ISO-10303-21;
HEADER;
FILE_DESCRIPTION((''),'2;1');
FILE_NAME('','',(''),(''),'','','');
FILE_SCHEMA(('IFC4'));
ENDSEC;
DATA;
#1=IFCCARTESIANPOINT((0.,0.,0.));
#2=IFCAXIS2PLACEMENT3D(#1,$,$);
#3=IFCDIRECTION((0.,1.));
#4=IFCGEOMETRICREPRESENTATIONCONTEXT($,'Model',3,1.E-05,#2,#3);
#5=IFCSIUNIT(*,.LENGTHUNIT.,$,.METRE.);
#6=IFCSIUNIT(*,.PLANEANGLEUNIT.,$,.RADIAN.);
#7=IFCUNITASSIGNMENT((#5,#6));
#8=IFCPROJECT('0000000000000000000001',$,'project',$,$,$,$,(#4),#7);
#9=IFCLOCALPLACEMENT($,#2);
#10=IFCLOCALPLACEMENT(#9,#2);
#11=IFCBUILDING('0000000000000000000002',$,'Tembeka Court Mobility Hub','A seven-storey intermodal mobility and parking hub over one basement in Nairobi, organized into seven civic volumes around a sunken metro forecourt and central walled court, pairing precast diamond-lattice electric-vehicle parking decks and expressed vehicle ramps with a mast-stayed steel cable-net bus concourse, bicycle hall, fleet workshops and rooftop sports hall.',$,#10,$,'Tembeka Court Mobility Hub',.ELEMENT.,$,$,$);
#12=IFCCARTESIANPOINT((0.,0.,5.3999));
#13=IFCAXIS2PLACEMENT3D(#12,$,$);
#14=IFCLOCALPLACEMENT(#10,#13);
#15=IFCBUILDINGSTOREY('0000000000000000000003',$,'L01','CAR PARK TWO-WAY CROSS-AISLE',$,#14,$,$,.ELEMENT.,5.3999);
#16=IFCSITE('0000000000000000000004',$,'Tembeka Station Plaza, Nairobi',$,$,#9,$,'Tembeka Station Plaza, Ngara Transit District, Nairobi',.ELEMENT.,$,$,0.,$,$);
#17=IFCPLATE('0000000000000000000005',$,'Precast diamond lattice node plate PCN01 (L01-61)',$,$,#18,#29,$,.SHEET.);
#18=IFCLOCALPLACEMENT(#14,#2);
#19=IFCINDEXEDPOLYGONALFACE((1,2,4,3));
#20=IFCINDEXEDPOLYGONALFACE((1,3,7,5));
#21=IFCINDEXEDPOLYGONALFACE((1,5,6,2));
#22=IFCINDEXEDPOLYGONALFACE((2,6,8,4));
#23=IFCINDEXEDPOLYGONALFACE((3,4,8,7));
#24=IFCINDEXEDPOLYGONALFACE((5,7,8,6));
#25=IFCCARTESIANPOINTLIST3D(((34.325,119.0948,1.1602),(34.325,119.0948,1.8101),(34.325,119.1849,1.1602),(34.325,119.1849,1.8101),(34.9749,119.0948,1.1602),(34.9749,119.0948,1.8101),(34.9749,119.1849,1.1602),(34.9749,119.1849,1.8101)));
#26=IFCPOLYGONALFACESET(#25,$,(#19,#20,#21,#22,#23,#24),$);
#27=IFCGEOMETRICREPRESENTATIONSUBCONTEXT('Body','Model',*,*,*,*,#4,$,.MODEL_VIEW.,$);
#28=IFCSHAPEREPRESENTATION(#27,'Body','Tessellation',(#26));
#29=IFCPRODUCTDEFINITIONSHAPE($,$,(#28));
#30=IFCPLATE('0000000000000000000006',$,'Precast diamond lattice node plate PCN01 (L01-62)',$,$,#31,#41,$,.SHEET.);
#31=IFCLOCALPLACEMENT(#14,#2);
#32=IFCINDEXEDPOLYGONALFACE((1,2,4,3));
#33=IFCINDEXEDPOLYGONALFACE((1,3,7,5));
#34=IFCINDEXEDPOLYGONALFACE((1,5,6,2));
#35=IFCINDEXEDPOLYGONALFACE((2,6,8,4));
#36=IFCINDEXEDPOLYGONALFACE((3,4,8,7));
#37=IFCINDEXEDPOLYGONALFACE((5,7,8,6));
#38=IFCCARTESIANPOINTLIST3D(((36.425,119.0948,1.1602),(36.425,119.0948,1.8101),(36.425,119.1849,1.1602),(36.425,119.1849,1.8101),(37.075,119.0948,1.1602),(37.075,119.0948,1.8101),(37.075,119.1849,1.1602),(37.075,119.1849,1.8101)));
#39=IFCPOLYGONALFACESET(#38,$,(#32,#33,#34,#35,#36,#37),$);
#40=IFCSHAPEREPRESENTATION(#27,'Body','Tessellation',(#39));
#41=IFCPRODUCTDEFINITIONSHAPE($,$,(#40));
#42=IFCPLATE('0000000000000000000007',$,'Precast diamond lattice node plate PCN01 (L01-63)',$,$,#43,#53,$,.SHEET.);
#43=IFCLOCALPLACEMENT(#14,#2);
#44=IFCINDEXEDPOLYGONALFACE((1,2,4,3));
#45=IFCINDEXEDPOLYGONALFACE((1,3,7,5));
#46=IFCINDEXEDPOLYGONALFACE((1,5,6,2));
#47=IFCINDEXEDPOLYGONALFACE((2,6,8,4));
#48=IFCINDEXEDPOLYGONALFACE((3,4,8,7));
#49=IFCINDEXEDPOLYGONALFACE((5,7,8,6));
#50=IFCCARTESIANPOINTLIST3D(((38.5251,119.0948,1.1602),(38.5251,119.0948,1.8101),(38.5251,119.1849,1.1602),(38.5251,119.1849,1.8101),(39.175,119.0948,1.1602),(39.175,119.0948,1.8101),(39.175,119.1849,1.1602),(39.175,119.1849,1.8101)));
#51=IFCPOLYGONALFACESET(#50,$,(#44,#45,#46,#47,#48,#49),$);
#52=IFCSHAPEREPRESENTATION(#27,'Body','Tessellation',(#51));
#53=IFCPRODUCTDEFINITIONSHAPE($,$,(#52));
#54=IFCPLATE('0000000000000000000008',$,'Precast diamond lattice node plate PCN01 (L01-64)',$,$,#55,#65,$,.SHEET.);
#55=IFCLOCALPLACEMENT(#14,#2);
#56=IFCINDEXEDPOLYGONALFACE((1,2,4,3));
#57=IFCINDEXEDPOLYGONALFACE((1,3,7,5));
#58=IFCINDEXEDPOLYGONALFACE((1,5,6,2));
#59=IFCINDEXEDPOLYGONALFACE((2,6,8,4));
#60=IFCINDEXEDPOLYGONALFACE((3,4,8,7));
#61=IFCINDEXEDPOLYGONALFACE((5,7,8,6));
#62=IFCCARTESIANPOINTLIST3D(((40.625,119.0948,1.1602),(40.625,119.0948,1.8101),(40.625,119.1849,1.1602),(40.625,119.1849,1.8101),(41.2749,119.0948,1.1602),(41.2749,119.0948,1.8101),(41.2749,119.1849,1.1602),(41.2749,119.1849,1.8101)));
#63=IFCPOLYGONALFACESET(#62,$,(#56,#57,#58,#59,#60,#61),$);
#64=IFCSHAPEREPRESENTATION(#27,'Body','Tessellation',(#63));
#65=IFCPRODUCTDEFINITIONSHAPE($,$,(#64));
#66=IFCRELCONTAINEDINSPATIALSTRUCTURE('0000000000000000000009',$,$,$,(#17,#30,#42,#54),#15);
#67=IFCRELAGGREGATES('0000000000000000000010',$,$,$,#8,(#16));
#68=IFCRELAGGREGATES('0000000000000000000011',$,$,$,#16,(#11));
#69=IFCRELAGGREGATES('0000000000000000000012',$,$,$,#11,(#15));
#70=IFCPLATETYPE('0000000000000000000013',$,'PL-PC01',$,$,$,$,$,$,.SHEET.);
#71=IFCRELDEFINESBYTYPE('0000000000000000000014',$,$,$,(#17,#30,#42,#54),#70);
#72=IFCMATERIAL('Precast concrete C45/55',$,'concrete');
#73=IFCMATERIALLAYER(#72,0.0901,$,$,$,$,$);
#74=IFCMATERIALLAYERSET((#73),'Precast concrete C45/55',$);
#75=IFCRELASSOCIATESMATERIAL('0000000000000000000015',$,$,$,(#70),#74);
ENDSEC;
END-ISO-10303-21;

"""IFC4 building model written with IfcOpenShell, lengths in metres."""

from ifc_helpers import new_model, si_unit, direction, frame, origin, origin_2d, place, context, subcontext, project, spatial, rectangle, extrude, material, layer, layer_set, type_object, element, save


model = new_model("IFC4")

# Units and contexts
model_context = context("Model", 3, precision=1e-05, world=origin(), true_north=direction((0.0, 1.0)))
body_context = subcontext(model_context, "Body", "Model", "MODEL_VIEW")
ifc_project = project(units=[si_unit("LENGTHUNIT", "METRE"), si_unit("PLANEANGLEUNIT", "RADIAN")], contexts=[model_context])

# Site, building, storey
site_placement = place(None, origin())
site = spatial("IfcSite", under=ifc_project, at=site_placement, Name="Tembeka Station Plaza, Nairobi", LongName="Tembeka Station Plaza, Ngara Transit District, Nairobi", CompositionType="ELEMENT", RefElevation=0.0)
building_placement = place(site_placement, origin())
building = spatial("IfcBuilding", under=site, at=building_placement, Name="Tembeka Court Mobility Hub", Description="A seven-storey intermodal mobility and parking hub over one basement in Nairobi, organized into seven civic volumes around a sunken metro forecourt and central walled court, pairing precast diamond-lattice electric-vehicle parking decks and expressed vehicle ramps with a mast-stayed steel cable-net bus concourse, bicycle hall, fleet workshops and rooftop sports hall.", LongName="Tembeka Court Mobility Hub", CompositionType="ELEMENT")
storey_placement = place(building_placement, frame((0.0, 0.0, 5.3999)))
storey = spatial("IfcBuildingStorey", under=building, at=storey_placement, Name="L01", Description="CAR PARK TWO-WAY CROSS-AISLE", CompositionType="ELEMENT", Elevation=5.3999)

# Shared definitions
ifc_material_1 = material(Name="Precast concrete C45/55", Category="concrete")

# Plates
ifc_layer = layer(ifc_material_1, 0.0901)
ifc_layer_set = layer_set([ifc_layer], Name="Precast concrete C45/55")
plate_type = type_object("IfcPlateType", Name="PL-PC01", PredefinedType="SHEET", material=ifc_layer_set)
for number, where, z_axis, x_axis, name in (
    (1, (34.6499, 119.1399, 1.1602), (0.0, 0.0, 1.0), (1.0, 0.0, 0.0), "Precast diamond lattice node plate PCN01 (L01-61)"),
    (2, (36.75, 119.1399, 1.1602), (0.0, 0.0, 1.0), (1.0, 0.0, 0.0), "Precast diamond lattice node plate PCN01 (L01-62)"),
    (3, (38.8501, 119.1399, 1.1602), (0.0, 0.0, 1.0), (1.0, 0.0, 0.0), "Precast diamond lattice node plate PCN01 (L01-63)"),
    (4, (40.95, 119.1399, 1.1602), (0.0, 0.0, 1.0), (1.0, 0.0, 0.0), "Precast diamond lattice node plate PCN01 (L01-64)"),
):
    element("IfcPlate", number, at=place(storey_placement, frame(where, z_axis=z_axis, x_axis=x_axis)), inside=storey, type_object=plate_type, Name=name, PredefinedType="SHEET", context=body_context, shape_type="SweptSolid", body=[
        extrude(rectangle(XDim=0.6499, YDim=0.0901, at=origin_2d()), origin(), (0.0, 0.0, 1.0), 0.6499),
    ])

save(model, "model.ifc")
